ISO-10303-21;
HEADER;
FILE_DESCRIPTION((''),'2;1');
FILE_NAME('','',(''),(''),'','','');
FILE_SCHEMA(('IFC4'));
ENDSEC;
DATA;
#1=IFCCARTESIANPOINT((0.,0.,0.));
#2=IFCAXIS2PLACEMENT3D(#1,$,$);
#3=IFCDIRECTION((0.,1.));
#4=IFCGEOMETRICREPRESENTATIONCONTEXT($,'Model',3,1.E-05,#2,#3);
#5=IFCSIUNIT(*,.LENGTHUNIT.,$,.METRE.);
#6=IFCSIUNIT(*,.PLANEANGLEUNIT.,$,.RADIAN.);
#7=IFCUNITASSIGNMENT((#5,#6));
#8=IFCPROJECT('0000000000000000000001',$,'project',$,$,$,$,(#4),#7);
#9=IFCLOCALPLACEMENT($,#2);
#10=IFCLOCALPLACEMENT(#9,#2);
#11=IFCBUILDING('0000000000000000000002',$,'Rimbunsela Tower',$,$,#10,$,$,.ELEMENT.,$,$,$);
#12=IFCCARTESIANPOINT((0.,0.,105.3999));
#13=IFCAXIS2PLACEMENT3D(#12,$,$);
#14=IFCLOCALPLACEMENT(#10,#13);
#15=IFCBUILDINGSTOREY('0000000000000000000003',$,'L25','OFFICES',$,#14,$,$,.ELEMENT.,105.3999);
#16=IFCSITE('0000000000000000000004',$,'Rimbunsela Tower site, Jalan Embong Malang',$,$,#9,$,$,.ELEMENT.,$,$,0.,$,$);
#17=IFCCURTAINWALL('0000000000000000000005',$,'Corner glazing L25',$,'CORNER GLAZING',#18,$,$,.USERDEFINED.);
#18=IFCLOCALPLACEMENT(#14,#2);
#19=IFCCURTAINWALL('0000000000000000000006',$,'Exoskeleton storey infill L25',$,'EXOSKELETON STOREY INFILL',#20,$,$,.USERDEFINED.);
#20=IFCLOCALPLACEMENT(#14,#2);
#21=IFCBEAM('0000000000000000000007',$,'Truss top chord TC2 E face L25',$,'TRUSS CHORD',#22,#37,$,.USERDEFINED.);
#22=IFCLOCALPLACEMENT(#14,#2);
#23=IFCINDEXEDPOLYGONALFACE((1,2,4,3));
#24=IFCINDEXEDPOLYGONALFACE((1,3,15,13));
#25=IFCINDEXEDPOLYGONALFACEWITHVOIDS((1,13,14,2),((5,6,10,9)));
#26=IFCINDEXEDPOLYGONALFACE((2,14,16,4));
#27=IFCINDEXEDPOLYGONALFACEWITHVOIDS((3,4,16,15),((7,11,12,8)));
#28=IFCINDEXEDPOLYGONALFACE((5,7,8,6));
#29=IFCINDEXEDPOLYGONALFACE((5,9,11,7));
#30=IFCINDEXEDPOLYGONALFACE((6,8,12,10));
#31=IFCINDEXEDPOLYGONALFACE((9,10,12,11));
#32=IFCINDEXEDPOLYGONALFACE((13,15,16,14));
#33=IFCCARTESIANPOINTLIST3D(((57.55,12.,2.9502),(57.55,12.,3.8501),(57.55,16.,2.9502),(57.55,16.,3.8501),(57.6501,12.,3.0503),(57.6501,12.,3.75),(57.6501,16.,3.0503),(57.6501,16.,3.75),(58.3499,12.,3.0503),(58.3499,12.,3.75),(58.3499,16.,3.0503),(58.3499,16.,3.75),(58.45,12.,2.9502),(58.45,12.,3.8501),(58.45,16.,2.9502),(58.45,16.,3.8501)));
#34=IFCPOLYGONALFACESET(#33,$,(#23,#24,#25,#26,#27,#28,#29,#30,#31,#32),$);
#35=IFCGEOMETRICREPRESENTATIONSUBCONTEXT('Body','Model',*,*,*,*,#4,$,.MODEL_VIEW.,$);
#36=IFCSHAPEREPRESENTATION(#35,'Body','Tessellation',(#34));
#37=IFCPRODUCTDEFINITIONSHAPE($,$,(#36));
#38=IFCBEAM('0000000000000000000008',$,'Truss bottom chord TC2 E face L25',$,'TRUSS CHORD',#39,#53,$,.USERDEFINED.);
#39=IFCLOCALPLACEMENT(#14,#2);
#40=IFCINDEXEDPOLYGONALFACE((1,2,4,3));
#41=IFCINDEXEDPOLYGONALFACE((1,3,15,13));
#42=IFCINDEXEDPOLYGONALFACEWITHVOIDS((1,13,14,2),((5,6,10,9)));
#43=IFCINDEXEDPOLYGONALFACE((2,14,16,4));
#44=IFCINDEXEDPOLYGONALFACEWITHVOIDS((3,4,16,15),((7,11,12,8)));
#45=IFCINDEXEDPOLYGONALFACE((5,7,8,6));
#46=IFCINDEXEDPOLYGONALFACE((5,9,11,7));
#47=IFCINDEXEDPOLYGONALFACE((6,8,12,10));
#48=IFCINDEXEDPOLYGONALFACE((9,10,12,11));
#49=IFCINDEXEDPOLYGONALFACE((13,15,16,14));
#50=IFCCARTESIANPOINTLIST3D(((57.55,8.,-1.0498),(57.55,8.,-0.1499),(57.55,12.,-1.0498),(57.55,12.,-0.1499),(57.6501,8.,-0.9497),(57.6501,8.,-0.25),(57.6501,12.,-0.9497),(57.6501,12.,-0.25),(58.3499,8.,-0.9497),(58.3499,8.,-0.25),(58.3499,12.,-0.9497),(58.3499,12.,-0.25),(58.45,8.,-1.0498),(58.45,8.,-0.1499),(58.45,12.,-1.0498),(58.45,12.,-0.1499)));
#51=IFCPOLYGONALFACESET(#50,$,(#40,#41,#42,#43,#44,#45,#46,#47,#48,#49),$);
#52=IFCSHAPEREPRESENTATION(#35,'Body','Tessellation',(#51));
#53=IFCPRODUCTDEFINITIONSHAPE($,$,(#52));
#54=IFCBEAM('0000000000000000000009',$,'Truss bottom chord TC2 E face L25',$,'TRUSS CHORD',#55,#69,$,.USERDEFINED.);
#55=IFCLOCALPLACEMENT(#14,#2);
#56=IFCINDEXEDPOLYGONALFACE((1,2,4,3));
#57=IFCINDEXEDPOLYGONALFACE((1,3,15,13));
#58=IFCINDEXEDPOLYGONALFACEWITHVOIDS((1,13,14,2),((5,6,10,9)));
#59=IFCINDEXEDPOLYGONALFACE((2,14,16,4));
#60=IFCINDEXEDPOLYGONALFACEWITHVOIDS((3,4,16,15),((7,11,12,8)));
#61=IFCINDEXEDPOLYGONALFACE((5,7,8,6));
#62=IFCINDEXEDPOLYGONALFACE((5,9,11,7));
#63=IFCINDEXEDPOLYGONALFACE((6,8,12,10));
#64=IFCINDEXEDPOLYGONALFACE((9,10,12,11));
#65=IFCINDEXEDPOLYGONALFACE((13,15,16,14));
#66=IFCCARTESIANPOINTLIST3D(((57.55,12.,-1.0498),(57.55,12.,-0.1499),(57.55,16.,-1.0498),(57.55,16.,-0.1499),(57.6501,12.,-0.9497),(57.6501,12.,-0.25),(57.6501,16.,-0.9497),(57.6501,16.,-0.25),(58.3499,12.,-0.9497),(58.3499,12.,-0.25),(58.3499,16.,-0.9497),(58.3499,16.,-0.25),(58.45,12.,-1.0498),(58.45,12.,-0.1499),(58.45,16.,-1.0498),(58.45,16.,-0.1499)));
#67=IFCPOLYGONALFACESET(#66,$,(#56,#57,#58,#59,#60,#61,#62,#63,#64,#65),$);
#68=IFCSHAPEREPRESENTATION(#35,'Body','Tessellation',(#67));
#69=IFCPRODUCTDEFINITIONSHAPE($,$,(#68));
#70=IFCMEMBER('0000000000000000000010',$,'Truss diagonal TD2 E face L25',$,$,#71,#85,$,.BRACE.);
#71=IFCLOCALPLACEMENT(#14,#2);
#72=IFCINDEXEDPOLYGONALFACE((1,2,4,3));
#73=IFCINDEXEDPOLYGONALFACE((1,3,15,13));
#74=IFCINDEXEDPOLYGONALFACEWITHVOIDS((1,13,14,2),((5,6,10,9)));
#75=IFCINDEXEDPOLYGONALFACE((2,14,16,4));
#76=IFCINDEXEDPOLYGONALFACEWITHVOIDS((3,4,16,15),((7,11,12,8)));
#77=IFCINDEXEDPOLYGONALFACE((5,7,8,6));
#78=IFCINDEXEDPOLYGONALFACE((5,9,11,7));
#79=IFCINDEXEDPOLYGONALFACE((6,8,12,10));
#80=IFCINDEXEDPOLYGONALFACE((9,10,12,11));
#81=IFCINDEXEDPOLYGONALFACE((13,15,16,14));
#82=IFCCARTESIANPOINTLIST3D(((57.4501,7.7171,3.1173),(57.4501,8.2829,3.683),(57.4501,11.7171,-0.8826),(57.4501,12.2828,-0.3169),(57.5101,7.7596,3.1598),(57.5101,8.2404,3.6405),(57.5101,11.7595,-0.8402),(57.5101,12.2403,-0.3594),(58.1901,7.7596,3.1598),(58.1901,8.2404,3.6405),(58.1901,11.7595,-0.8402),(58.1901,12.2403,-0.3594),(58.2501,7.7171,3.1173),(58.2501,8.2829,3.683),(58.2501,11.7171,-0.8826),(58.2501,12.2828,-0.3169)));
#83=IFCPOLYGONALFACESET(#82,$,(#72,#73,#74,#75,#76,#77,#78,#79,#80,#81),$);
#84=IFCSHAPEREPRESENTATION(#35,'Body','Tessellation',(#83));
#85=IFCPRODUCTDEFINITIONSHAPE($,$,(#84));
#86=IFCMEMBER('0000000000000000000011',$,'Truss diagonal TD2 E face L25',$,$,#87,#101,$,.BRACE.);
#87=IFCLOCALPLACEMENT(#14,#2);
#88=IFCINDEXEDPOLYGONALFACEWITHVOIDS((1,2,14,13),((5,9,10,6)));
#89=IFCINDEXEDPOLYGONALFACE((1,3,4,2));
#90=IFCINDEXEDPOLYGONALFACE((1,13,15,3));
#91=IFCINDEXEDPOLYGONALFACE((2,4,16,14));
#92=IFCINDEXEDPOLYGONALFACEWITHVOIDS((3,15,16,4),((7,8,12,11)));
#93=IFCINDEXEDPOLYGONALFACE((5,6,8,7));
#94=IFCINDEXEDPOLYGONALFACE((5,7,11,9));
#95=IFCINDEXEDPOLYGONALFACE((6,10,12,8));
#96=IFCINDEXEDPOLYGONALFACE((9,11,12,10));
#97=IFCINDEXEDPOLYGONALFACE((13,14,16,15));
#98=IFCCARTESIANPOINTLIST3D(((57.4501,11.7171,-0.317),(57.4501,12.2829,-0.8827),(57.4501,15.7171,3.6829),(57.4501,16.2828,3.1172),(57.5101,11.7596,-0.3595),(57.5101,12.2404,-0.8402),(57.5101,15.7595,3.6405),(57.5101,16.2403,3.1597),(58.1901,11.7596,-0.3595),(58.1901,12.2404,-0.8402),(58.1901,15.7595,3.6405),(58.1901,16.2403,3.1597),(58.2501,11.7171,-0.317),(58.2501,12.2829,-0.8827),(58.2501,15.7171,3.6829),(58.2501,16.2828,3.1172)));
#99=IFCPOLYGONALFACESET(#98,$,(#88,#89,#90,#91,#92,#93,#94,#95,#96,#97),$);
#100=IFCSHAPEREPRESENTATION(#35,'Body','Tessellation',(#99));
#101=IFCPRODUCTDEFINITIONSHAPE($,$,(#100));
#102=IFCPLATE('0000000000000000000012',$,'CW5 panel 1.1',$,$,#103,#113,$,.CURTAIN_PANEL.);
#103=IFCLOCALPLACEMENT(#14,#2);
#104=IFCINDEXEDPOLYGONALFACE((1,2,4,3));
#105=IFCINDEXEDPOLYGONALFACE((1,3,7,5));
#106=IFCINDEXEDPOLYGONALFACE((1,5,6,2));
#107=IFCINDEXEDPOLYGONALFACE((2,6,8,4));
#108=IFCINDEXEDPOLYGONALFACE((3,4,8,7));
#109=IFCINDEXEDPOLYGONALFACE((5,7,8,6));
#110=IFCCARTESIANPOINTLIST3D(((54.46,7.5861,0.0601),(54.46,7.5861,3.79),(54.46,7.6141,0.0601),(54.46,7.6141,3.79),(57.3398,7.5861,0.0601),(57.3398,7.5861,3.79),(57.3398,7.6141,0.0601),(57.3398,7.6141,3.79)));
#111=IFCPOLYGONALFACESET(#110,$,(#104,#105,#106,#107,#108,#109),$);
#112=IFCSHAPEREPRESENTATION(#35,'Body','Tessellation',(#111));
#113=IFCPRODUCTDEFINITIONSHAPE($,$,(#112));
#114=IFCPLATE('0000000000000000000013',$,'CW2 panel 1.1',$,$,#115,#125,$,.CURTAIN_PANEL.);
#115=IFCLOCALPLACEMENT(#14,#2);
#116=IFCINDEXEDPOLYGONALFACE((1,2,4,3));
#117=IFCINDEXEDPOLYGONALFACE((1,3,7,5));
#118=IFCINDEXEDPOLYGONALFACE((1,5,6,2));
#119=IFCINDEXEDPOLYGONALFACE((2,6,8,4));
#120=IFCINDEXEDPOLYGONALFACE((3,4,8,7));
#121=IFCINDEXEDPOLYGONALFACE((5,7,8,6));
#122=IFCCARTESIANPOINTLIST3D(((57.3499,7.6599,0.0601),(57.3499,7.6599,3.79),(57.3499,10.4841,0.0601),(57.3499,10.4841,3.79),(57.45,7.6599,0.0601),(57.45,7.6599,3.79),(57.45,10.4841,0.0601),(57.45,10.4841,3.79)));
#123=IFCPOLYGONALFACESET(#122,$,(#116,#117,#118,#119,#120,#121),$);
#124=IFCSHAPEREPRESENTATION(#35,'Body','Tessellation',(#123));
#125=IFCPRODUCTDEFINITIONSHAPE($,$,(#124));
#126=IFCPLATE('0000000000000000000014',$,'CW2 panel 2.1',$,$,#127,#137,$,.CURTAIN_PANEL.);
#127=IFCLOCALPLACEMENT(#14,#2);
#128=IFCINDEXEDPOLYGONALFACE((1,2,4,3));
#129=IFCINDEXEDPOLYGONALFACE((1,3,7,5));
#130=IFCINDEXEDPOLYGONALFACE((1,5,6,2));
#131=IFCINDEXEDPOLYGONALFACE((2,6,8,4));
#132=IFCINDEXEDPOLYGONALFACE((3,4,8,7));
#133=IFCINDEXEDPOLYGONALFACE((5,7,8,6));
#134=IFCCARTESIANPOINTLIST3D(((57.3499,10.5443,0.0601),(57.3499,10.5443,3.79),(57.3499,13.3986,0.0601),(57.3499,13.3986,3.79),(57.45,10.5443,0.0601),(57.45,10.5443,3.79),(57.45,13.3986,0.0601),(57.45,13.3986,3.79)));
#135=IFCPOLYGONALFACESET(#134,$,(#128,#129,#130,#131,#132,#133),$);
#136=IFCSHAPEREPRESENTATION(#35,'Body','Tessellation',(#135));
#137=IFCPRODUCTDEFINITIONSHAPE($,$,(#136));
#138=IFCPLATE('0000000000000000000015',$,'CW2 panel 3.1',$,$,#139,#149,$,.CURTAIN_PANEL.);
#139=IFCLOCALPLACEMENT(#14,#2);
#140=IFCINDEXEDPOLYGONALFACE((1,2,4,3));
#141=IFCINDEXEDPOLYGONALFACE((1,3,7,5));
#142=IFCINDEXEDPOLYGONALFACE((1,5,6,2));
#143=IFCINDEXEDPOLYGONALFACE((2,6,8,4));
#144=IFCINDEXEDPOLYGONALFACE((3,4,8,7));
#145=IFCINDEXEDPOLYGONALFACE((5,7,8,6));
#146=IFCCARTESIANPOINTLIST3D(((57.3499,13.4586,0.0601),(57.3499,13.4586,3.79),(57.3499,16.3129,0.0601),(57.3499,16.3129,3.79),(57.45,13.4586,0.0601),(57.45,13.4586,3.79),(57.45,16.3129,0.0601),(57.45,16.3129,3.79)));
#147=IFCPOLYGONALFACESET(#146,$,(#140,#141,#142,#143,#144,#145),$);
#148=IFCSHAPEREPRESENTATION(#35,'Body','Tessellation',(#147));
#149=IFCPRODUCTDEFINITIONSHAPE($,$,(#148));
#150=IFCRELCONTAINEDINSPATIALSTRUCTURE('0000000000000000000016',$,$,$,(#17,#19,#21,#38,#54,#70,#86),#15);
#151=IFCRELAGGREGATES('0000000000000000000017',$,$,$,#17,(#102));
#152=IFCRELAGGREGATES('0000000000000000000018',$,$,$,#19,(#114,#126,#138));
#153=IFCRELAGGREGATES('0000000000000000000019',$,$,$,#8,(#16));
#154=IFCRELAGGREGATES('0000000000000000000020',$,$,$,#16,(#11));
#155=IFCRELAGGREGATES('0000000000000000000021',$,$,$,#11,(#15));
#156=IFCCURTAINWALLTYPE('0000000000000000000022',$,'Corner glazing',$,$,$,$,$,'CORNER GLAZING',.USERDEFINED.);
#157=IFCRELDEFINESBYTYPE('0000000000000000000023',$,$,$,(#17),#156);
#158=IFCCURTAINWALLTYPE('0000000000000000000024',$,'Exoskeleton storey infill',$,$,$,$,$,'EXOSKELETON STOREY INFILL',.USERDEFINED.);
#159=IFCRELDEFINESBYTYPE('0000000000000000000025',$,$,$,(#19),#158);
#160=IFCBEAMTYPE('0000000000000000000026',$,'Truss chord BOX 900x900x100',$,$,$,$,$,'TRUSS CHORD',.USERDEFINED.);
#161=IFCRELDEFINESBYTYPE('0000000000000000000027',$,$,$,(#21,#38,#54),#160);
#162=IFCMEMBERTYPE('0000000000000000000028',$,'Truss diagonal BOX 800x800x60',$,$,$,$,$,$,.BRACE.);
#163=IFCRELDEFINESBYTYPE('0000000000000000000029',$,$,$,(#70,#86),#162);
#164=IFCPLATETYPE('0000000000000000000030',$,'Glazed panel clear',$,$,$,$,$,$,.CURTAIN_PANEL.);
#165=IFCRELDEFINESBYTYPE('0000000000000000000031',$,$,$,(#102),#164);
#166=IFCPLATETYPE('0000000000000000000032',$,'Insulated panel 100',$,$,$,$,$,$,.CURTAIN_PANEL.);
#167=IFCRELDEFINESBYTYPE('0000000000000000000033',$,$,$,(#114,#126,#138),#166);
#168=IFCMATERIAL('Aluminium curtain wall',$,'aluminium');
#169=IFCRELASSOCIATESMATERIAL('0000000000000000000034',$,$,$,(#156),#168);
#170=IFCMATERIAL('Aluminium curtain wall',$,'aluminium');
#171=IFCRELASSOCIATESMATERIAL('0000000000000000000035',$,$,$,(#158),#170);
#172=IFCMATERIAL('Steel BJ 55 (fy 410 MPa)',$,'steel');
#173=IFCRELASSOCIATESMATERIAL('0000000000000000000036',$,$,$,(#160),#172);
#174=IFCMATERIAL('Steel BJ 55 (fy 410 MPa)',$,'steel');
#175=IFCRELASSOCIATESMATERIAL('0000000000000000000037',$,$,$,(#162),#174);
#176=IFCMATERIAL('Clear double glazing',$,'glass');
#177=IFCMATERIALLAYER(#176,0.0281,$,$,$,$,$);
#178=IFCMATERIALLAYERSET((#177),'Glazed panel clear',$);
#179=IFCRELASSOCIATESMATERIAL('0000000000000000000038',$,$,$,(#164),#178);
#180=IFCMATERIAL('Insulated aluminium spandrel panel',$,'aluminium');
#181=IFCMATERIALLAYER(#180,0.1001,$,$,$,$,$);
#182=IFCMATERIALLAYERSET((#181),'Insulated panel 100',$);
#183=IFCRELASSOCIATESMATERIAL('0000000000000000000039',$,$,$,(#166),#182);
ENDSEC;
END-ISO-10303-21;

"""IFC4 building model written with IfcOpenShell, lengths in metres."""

from ifc_helpers import new_model, si_unit, direction, frame, origin, origin_2d, place, context, subcontext, project, spatial, rectangle, hollow_rectangle, extrude, material, layer, layer_set, material_profile, profile_set, type_object, element, aggregate, save


model = new_model("IFC4")

# Units and contexts
model_context = context("Model", 3, precision=1e-05, world=origin(), true_north=direction((0.0, 1.0)))
body_context = subcontext(model_context, "Body", "Model", "MODEL_VIEW")
ifc_project = project(units=[si_unit("LENGTHUNIT", "METRE"), si_unit("PLANEANGLEUNIT", "RADIAN")], contexts=[model_context])

# Site, building, storey
site_placement = place(None, origin())
site = spatial("IfcSite", under=ifc_project, at=site_placement, Name="Rimbunsela Tower site, Jalan Embong Malang", CompositionType="ELEMENT", RefElevation=0.0)
building_placement = place(site_placement, origin())
building = spatial("IfcBuilding", under=site, at=building_placement, Name="Rimbunsela Tower", CompositionType="ELEMENT")
storey_placement = place(building_placement, frame((0.0, 0.0, 105.3999)))
storey = spatial("IfcBuildingStorey", under=building, at=storey_placement, Name="L25", Description="OFFICES", CompositionType="ELEMENT", Elevation=105.3999)

# Curtain wall
ifc_material_1 = material(Name="Aluminium curtain wall", Category="aluminium")
curtain_wall_type_1 = type_object("IfcCurtainWallType", Name="Corner glazing", ElementType="CORNER GLAZING", PredefinedType="USERDEFINED", material=ifc_material_1)
curtain_wall_1_placement = place(storey_placement, origin())
curtain_wall_1 = element("IfcCurtainWall", 1, at=curtain_wall_1_placement, inside=storey, type_object=curtain_wall_type_1, Name="Corner glazing L25", ObjectType="CORNER GLAZING", PredefinedType="USERDEFINED")

# Curtain wall
ifc_material_2 = material(Name="Aluminium curtain wall", Category="aluminium")
curtain_wall_type_2 = type_object("IfcCurtainWallType", Name="Exoskeleton storey infill", ElementType="EXOSKELETON STOREY INFILL", PredefinedType="USERDEFINED", material=ifc_material_2)
curtain_wall_2_placement = place(storey_placement, origin())
curtain_wall_2 = element("IfcCurtainWall", 2, at=curtain_wall_2_placement, inside=storey, type_object=curtain_wall_type_2, Name="Exoskeleton storey infill L25", ObjectType="EXOSKELETON STOREY INFILL", PredefinedType="USERDEFINED")

# Beams
ifc_material_3 = material(Name="Steel BJ 55 (fy 410 MPa)", Category="steel")
ifc_material_profile_1 = material_profile(ifc_material_3, hollow_rectangle(XDim=0.8999, YDim=0.8999, WallThickness=0.1001, at=origin_2d()), Name="BOX 900x900x100")
ifc_profile_set_1 = profile_set([ifc_material_profile_1], Name="Steel BJ 55 (fy 410 MPa)")
beam_type = type_object("IfcBeamType", Name="Truss chord BOX 900x900x100", ElementType="TRUSS CHORD", PredefinedType="USERDEFINED", material=ifc_profile_set_1)
for number, where, z_axis, x_axis, name in (
    (3, (58.0, 12.0, 3.4001), (0.0, 1.0, 0.0), (-1.0, 0.0, 0.0), "Truss top chord TC2 E face L25"),
    (4, (58.0, 8.0, -0.5999), (0.0, 1.0, 0.0), (-1.0, 0.0, 0.0), "Truss bottom chord TC2 E face L25"),
    (5, (58.0, 12.0, -0.5999), (0.0, 1.0, 0.0), (-1.0, 0.0, 0.0), "Truss bottom chord TC2 E face L25"),
):
    element("IfcBeam", number, at=place(storey_placement, frame(where, z_axis=z_axis, x_axis=x_axis)), inside=storey, type_object=beam_type, Name=name, ObjectType="TRUSS CHORD", PredefinedType="USERDEFINED", context=body_context, shape_type="SweptSolid", body=[
        extrude(hollow_rectangle(XDim=0.8999, YDim=0.8999, WallThickness=0.1001, at=origin_2d()), origin(), (0.0, 0.0, 1.0), 4.0),
    ])

# Members
ifc_material_4 = material(Name="Steel BJ 55 (fy 410 MPa)", Category="steel")
ifc_material_profile_2 = material_profile(ifc_material_4, hollow_rectangle(XDim=0.8, YDim=0.8, WallThickness=0.0601, at=origin_2d()), Name="BOX 800x800x60")
ifc_profile_set_2 = profile_set([ifc_material_profile_2], Name="Steel BJ 55 (fy 410 MPa)")
member_type_1 = type_object("IfcMemberType", Name="Truss diagonal BOX 800x800x60", PredefinedType="BRACE", material=ifc_profile_set_2)
for number, where, z_axis, x_axis, name in (
    (6, (57.8501, 8.0, 3.4001), (0.0, 0.707107, -0.707107), (-1.0, 0.0, 0.0), "Truss diagonal TD2 E face L25"),
    (7, (57.8501, 12.0, -0.5999), (0.0, 0.707107, 0.707107), (-1.0, 0.0, 0.0), "Truss diagonal TD2 E face L25"),
):
    element("IfcMember", number, at=place(storey_placement, frame(where, z_axis=z_axis, x_axis=x_axis)), inside=storey, type_object=member_type_1, Name=name, PredefinedType="BRACE", context=body_context, shape_type="SweptSolid", body=[
        extrude(hollow_rectangle(XDim=0.8, YDim=0.8, WallThickness=0.0601, at=origin_2d()), origin(), (0.0, 0.0, 1.0), 5.6567),
    ])

# Plates
ifc_material_5 = material(Name="Clear double glazing", Category="glass")
ifc_layer_1 = layer(ifc_material_5, 0.0281)
ifc_layer_set_1 = layer_set([ifc_layer_1], Name="Glazed panel clear")
plate_type_1 = type_object("IfcPlateType", Name="Glazed panel clear", PredefinedType="CURTAIN_PANEL", material=ifc_layer_set_1)
plate_1_placement = place(storey_placement, frame((55.8999, 7.6001, 0.0601), z_axis=(0.0, 0.0, 1.0), x_axis=(1.0, 0.0, 0.0)))
plate_1 = element("IfcPlate", 8, at=plate_1_placement, type_object=plate_type_1, Name="CW5 panel 1.1", PredefinedType="CURTAIN_PANEL", context=body_context, shape_type="SweptSolid", body=[
    extrude(rectangle(XDim=2.8799, YDim=0.0281, at=origin_2d()), origin(), (0.0, 0.0, 1.0), 3.73),
])
aggregate(curtain_wall_1, [plate_1])
ifc_material_6 = material(Name="Insulated aluminium spandrel panel", Category="aluminium")
ifc_layer_2 = layer(ifc_material_6, 0.1001)
ifc_layer_set_2 = layer_set([ifc_layer_2], Name="Insulated panel 100")
plate_type_2 = type_object("IfcPlateType", Name="Insulated panel 100", PredefinedType="CURTAIN_PANEL", material=ifc_layer_set_2)
plate_2_placement = place(storey_placement, frame((57.3999, 9.072, 0.0601), z_axis=(0.0, 0.0, 1.0), x_axis=(0.0, 1.0, 0.0)))
plate_2 = element("IfcPlate", 9, at=plate_2_placement, type_object=plate_type_2, Name="CW2 panel 1.1", PredefinedType="CURTAIN_PANEL", context=body_context, shape_type="SweptSolid", body=[
    extrude(rectangle(XDim=2.8242, YDim=0.1001, at=origin_2d()), origin(), (0.0, 0.0, 1.0), 3.73),
])
plate_3_placement = place(storey_placement, frame((57.3999, 11.9714, 0.0601), z_axis=(0.0, 0.0, 1.0), x_axis=(0.0, 1.0, 0.0)))
plate_3 = element("IfcPlate", 10, at=plate_3_placement, type_object=plate_type_2, Name="CW2 panel 2.1", PredefinedType="CURTAIN_PANEL", context=body_context, shape_type="SweptSolid", body=[
    extrude(rectangle(XDim=2.8542, YDim=0.1001, at=origin_2d()), origin(), (0.0, 0.0, 1.0), 3.73),
])
plate_4_placement = place(storey_placement, frame((57.3999, 14.8857, 0.0601), z_axis=(0.0, 0.0, 1.0), x_axis=(0.0, 1.0, 0.0)))
plate_4 = element("IfcPlate", 11, at=plate_4_placement, type_object=plate_type_2, Name="CW2 panel 3.1", PredefinedType="CURTAIN_PANEL", context=body_context, shape_type="SweptSolid", body=[
    extrude(rectangle(XDim=2.8542, YDim=0.1001, at=origin_2d()), origin(), (0.0, 0.0, 1.0), 3.73),
])
aggregate(curtain_wall_2, [plate_2, plate_3, plate_4])

save(model, "model.ifc")
